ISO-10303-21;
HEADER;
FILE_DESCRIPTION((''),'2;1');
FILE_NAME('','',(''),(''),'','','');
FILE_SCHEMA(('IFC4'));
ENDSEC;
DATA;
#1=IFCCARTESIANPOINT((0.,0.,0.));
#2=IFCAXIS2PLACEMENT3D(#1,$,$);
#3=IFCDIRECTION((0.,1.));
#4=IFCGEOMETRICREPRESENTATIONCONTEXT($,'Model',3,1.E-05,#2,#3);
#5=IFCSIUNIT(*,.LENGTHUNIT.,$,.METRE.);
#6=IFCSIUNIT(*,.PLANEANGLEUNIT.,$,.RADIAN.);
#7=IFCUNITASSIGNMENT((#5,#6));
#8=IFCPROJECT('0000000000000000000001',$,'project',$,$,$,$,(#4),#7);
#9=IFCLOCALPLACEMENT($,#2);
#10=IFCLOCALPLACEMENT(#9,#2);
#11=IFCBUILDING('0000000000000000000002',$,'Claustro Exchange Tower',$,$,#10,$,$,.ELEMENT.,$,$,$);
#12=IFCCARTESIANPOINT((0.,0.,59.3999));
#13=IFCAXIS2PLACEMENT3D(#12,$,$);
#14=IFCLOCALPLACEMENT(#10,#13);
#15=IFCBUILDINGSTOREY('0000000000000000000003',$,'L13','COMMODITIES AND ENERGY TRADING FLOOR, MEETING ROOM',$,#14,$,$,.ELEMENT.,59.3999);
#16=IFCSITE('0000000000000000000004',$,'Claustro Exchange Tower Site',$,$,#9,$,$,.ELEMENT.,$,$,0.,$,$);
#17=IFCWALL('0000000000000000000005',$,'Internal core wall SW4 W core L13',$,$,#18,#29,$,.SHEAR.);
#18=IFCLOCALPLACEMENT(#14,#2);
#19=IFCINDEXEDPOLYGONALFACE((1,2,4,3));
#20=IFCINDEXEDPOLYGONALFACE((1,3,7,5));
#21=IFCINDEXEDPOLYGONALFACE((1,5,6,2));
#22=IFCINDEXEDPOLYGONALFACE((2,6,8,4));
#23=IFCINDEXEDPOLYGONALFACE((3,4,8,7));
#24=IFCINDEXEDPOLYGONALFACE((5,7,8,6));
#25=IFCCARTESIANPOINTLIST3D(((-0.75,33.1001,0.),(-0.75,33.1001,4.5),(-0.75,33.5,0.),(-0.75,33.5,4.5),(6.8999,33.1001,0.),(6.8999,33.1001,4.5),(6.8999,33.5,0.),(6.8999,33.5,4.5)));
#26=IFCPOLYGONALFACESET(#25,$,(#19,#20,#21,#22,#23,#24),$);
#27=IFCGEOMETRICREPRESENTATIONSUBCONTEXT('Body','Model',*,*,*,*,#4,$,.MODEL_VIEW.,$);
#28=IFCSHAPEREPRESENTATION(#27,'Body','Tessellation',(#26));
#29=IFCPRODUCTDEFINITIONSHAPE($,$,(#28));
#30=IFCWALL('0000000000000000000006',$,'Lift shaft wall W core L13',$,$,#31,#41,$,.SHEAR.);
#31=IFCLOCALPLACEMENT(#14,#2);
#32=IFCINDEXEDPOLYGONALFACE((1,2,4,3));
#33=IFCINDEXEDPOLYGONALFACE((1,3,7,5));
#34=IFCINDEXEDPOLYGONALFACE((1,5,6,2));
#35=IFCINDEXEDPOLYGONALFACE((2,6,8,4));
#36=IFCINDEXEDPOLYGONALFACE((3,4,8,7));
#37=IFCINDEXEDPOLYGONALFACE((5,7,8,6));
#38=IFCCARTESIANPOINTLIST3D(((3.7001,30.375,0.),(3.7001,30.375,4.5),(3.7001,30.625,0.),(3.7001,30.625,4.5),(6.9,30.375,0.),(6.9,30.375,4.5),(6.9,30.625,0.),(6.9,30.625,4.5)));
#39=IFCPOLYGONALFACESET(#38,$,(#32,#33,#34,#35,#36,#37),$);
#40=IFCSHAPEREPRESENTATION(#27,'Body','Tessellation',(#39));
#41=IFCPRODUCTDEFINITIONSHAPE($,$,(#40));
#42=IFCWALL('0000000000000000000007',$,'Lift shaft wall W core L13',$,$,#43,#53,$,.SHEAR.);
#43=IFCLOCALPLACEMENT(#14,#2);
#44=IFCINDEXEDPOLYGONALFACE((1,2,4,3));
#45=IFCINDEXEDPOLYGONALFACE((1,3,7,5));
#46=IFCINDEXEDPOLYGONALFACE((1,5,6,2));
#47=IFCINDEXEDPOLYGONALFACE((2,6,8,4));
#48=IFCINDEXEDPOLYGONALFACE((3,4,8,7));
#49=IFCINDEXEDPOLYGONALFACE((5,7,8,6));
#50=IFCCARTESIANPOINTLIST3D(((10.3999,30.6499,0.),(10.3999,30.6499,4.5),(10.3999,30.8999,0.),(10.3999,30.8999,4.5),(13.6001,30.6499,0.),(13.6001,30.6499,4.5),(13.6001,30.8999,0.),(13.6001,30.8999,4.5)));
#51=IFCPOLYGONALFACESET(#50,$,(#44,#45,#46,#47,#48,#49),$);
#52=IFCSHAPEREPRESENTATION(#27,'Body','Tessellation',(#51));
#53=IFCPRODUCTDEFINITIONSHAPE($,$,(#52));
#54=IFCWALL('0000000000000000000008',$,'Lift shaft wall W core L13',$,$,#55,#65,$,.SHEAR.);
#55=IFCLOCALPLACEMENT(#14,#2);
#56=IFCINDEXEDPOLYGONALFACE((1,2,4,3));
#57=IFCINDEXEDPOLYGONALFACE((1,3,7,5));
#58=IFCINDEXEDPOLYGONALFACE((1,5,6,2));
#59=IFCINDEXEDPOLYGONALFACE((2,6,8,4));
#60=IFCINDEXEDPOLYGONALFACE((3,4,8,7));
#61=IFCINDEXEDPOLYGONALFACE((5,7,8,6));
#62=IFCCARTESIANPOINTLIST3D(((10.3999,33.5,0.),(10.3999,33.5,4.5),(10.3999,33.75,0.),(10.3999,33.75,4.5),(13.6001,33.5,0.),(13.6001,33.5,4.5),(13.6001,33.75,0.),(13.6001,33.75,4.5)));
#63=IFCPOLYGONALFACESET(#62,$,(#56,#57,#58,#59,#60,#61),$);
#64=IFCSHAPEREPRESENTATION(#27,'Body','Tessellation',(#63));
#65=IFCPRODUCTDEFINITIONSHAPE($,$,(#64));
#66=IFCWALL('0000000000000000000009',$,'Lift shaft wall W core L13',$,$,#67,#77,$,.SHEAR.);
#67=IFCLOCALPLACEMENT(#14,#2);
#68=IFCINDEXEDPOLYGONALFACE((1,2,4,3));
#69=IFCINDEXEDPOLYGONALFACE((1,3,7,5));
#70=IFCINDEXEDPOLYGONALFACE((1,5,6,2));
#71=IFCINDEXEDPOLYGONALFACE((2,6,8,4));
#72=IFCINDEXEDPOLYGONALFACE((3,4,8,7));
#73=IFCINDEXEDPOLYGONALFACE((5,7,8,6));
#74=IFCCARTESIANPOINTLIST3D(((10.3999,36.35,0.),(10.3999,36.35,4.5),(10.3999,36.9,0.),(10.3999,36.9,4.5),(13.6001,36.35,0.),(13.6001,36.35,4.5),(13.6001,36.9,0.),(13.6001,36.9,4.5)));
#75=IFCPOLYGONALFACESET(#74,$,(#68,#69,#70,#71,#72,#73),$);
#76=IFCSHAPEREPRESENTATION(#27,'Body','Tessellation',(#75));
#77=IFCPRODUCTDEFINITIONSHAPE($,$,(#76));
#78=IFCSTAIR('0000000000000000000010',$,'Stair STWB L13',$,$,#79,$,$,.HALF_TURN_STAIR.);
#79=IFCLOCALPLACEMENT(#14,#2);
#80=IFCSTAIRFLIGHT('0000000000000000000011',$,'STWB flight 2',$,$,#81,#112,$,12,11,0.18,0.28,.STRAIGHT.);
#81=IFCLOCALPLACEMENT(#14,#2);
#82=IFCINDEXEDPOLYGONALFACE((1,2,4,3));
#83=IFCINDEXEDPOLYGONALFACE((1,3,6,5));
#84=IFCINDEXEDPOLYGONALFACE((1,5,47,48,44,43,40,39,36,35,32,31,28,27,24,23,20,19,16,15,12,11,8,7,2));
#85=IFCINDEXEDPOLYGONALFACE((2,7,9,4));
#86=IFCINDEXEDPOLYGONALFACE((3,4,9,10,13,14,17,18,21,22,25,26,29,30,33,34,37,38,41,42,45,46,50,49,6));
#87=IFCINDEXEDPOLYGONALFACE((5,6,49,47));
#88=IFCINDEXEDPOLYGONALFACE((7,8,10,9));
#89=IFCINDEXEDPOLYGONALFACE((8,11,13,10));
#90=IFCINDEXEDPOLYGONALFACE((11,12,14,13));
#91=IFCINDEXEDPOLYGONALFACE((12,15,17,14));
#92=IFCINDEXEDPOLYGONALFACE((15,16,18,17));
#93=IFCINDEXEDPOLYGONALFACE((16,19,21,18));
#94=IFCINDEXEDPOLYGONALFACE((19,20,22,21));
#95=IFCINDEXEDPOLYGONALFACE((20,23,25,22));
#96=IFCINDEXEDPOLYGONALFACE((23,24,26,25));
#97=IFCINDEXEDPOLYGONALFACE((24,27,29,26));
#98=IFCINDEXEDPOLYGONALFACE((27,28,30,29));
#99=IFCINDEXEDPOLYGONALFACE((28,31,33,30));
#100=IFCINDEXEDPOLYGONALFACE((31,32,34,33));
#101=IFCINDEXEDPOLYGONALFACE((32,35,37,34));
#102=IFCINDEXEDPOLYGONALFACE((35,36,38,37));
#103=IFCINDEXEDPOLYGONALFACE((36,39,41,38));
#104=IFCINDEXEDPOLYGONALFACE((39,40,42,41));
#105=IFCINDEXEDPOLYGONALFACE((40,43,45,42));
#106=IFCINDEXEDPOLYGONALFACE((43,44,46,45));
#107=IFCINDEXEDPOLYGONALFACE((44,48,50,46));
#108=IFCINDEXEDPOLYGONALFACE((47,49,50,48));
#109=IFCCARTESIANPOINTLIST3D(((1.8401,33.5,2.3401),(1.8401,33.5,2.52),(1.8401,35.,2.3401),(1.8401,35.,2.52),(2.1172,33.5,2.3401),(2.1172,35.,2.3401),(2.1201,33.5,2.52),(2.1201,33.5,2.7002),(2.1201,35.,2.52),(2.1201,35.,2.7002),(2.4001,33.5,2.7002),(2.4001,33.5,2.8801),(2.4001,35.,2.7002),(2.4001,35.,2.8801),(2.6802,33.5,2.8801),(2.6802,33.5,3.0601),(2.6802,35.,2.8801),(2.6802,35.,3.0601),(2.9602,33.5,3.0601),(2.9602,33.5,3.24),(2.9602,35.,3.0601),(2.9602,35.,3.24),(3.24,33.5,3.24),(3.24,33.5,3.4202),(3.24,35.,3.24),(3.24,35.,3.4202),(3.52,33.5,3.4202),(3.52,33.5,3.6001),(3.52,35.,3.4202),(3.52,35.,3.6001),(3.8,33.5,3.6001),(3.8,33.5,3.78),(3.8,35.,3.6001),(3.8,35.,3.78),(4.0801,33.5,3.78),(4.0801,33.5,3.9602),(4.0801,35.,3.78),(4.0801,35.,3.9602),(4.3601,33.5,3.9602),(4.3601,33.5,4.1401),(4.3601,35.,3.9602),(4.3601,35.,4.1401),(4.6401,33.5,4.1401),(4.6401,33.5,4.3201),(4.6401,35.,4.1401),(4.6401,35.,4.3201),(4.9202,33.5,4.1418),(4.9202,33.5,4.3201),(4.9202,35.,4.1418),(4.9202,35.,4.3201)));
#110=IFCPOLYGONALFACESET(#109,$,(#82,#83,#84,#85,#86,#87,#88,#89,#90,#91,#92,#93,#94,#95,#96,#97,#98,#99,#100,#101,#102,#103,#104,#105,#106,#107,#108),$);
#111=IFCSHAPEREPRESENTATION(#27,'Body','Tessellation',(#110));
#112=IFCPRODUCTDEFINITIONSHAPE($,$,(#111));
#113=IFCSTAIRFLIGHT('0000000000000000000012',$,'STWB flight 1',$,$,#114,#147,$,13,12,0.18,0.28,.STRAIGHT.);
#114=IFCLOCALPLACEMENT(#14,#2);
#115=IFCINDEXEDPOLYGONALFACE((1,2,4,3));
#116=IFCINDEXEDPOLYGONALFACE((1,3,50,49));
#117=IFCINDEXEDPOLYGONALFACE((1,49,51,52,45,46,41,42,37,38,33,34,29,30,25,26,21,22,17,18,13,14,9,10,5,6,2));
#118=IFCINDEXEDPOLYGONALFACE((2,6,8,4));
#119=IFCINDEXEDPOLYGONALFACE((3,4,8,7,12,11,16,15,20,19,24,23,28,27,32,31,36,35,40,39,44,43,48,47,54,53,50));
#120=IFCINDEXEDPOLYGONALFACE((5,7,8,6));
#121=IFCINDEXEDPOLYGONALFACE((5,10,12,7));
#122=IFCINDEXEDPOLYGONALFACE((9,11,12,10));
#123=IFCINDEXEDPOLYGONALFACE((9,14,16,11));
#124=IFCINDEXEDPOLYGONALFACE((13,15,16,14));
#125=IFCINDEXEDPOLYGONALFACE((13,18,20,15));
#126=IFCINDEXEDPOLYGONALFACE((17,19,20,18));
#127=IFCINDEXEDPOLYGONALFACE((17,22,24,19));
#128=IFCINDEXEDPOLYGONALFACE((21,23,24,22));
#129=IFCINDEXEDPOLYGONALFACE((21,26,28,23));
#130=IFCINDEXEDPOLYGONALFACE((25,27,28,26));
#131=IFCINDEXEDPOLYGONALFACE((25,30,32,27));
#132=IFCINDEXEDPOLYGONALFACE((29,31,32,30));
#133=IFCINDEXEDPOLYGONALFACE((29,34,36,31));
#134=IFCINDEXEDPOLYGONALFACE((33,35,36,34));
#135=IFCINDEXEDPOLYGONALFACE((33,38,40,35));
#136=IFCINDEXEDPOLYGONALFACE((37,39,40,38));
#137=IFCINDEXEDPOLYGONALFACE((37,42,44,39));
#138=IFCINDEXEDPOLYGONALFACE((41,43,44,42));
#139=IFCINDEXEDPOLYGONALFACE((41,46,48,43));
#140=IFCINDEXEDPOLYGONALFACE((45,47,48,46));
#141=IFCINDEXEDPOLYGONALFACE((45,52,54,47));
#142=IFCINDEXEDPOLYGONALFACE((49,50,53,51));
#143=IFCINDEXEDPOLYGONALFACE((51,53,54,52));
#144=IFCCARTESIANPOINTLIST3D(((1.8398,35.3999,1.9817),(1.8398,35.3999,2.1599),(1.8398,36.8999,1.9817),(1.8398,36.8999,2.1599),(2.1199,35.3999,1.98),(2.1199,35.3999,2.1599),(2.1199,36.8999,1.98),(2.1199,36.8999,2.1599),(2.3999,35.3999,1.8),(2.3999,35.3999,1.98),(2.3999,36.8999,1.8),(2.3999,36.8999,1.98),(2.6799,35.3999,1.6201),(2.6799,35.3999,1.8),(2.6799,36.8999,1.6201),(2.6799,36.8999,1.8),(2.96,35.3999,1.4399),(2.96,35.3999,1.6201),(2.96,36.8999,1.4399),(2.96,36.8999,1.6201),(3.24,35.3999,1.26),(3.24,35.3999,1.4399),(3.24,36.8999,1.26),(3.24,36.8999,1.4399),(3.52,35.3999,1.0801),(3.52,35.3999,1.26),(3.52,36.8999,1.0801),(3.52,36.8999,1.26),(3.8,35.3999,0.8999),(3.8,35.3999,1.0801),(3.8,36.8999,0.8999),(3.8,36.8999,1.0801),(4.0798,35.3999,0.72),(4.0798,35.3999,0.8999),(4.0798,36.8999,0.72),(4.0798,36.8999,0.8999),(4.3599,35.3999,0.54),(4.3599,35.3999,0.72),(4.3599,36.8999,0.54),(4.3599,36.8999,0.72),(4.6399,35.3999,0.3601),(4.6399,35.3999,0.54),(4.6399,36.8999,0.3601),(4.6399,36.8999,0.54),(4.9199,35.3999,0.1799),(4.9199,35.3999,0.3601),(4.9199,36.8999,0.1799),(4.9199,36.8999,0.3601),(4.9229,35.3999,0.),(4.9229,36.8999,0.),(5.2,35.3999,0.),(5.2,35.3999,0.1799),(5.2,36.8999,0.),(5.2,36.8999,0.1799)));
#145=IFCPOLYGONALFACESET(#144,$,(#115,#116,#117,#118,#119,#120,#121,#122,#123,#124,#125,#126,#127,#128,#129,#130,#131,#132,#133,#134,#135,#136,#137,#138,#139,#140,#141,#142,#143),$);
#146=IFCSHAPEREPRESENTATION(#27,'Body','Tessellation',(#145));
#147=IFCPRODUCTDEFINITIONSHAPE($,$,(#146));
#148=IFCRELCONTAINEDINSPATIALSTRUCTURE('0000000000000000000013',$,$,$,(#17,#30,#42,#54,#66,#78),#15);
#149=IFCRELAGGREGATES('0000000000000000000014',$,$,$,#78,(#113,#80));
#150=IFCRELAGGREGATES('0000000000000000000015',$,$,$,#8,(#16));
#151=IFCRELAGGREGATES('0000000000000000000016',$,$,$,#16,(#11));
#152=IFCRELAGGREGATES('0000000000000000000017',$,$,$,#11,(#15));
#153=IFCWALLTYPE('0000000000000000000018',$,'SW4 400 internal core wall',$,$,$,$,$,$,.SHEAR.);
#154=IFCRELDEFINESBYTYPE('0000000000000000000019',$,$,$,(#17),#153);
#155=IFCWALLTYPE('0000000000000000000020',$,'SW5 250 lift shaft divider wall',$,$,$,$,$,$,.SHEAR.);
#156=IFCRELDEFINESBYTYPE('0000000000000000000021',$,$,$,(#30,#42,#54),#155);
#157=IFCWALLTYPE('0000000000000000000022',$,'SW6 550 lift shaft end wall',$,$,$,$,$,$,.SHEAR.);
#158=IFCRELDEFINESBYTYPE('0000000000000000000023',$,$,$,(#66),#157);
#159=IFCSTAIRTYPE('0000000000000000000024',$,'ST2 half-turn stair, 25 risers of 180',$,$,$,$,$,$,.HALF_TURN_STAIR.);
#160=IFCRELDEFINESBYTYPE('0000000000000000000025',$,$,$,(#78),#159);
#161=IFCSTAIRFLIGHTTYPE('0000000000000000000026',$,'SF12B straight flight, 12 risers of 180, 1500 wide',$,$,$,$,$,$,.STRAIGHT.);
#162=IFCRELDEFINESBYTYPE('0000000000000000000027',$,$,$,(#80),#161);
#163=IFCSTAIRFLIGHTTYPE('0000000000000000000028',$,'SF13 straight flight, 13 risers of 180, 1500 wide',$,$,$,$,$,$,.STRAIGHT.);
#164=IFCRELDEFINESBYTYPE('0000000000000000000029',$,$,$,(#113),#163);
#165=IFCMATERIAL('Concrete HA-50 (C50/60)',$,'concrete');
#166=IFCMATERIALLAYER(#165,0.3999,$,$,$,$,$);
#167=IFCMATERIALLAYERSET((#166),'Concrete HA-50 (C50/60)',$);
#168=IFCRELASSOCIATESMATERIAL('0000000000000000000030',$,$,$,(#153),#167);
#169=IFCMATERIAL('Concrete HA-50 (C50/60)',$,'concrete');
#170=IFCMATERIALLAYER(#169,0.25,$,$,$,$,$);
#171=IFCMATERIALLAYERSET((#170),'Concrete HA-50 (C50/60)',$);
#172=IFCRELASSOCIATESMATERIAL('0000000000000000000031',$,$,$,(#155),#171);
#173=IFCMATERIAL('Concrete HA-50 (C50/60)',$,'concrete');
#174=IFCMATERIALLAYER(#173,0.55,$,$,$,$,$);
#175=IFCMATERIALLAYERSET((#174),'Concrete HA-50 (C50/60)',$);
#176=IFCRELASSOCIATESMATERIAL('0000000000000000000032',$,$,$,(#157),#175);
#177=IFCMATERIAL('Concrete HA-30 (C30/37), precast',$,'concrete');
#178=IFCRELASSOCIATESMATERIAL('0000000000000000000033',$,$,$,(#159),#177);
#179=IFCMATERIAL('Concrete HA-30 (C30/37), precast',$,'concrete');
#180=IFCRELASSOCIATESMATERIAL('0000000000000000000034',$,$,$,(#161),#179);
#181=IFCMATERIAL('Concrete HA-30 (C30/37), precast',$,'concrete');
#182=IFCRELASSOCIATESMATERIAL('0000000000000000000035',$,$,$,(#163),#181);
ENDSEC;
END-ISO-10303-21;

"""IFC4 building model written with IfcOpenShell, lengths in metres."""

from ifc_helpers import new_model, si_unit, direction, frame, frame_2d, origin, place, context, subcontext, project, spatial, polyline, rectangle, outline, extrude, material, layer, layer_set, type_object, element, aggregate, save


model = new_model("IFC4")

# Units and contexts
model_context = context("Model", 3, precision=1e-05, world=origin(), true_north=direction((0.0, 1.0)))
body_context = subcontext(model_context, "Body", "Model", "MODEL_VIEW")
ifc_project = project(units=[si_unit("LENGTHUNIT", "METRE"), si_unit("PLANEANGLEUNIT", "RADIAN")], contexts=[model_context])

# Site, building, storey
site_placement = place(None, origin())
site = spatial("IfcSite", under=ifc_project, at=site_placement, Name="Claustro Exchange Tower Site", CompositionType="ELEMENT", RefElevation=0.0)
building_placement = place(site_placement, origin())
building = spatial("IfcBuilding", under=site, at=building_placement, Name="Claustro Exchange Tower", CompositionType="ELEMENT")
storey_placement = place(building_placement, frame((0.0, 0.0, 59.3999)))
storey = spatial("IfcBuildingStorey", under=building, at=storey_placement, Name="L13", Description="COMMODITIES AND ENERGY TRADING FLOOR, MEETING ROOM", CompositionType="ELEMENT", Elevation=59.3999)

# Walls
ifc_material_1 = material(Name="Concrete HA-50 (C50/60)", Category="concrete")
ifc_layer_1 = layer(ifc_material_1, 0.3999)
ifc_layer_set_1 = layer_set([ifc_layer_1], Name="Concrete HA-50 (C50/60)")
wall_type_1 = type_object("IfcWallType", Name="SW4 400 internal core wall", PredefinedType="SHEAR", material=ifc_layer_set_1)
wall_1_placement = place(storey_placement, frame((-0.75, 33.3, 0.0), z_axis=(0.0, 0.0, 1.0), x_axis=(1.0, 0.0, 0.0)))
element("IfcWall", 1, at=wall_1_placement, inside=storey, type_object=wall_type_1, Name="Internal core wall SW4 W core L13", PredefinedType="SHEAR", context=body_context, shape_type="SweptSolid", body=[
    extrude(rectangle(XDim=7.6499, YDim=0.3999, at=frame_2d((3.825, 0.0))), origin(), (0.0, 0.0, 1.0), 4.5),
])
ifc_material_2 = material(Name="Concrete HA-50 (C50/60)", Category="concrete")
ifc_layer_2 = layer(ifc_material_2, 0.25)
ifc_layer_set_2 = layer_set([ifc_layer_2], Name="Concrete HA-50 (C50/60)")
wall_type_2 = type_object("IfcWallType", Name="SW5 250 lift shaft divider wall", PredefinedType="SHEAR", material=ifc_layer_set_2)
wall_2_placement = place(storey_placement, frame((3.7, 30.5, 0.0), z_axis=(0.0, 0.0, 1.0), x_axis=(1.0, 0.0, 0.0)))
element("IfcWall", 2, at=wall_2_placement, inside=storey, type_object=wall_type_2, Name="Lift shaft wall W core L13", PredefinedType="SHEAR", context=body_context, shape_type="SweptSolid", body=[
    extrude(rectangle(XDim=3.2, YDim=0.25, at=frame_2d((1.6001, 0.0))), origin(), (0.0, 0.0, 1.0), 4.5),
])
for number, where, z_axis, x_axis, name in (
    (3, (10.3999, 30.7749, 0.0), (0.0, 0.0, 1.0), (1.0, 0.0, 0.0), "Lift shaft wall W core L13"),
    (4, (10.3999, 33.625, 0.0), (0.0, 0.0, 1.0), (1.0, 0.0, 0.0), "Lift shaft wall W core L13"),
):
    element("IfcWall", number, at=place(storey_placement, frame(where, z_axis=z_axis, x_axis=x_axis)), inside=storey, type_object=wall_type_2, Name=name, PredefinedType="SHEAR", context=body_context, shape_type="SweptSolid", body=[
        extrude(rectangle(XDim=3.2002, YDim=0.25, at=frame_2d((1.6001, 0.0))), origin(), (0.0, 0.0, 1.0), 4.5),
    ])
ifc_material_3 = material(Name="Concrete HA-50 (C50/60)", Category="concrete")
ifc_layer_3 = layer(ifc_material_3, 0.55)
ifc_layer_set_3 = layer_set([ifc_layer_3], Name="Concrete HA-50 (C50/60)")
wall_type_3 = type_object("IfcWallType", Name="SW6 550 lift shaft end wall", PredefinedType="SHEAR", material=ifc_layer_set_3)
wall_3_placement = place(storey_placement, frame((10.3999, 36.625, 0.0), z_axis=(0.0, 0.0, 1.0), x_axis=(1.0, 0.0, 0.0)))
element("IfcWall", 5, at=wall_3_placement, inside=storey, type_object=wall_type_3, Name="Lift shaft wall W core L13", PredefinedType="SHEAR", context=body_context, shape_type="SweptSolid", body=[
    extrude(rectangle(XDim=3.2002, YDim=0.55, at=frame_2d((1.6001, 0.0))), origin(), (0.0, 0.0, 1.0), 4.5),
])

# Stair, stair flights
ifc_material_4 = material(Name="Concrete HA-30 (C30/37), precast", Category="concrete")
stair_type = type_object("IfcStairType", Name="ST2 half-turn stair, 25 risers of 180", PredefinedType="HALF_TURN_STAIR", material=ifc_material_4)
stair_placement = place(storey_placement, origin())
stair = element("IfcStair", 6, at=stair_placement, inside=storey, type_object=stair_type, Name="Stair STWB L13", PredefinedType="HALF_TURN_STAIR")
ifc_material_5 = material(Name="Concrete HA-30 (C30/37), precast", Category="concrete")
stair_flight_type_1 = type_object("IfcStairFlightType", Name="SF12B straight flight, 12 risers of 180, 1500 wide", PredefinedType="STRAIGHT", material=ifc_material_5)
stair_flight_1_placement = place(storey_placement, frame((1.8401, 34.25, 2.3401), z_axis=(0.0, 0.0, 1.0), x_axis=(1.0, 0.0, 0.0)))
stair_flight_1 = element("IfcStairFlight", 7, at=stair_flight_1_placement, type_object=stair_flight_type_1, Name="STWB flight 2", NumberOfRisers=12, NumberOfTreads=11, PredefinedType="STRAIGHT", RiserHeight=0.18, TreadLength=0.28, context=body_context, shape_type="SweptSolid", body=[
    extrude(outline(polyline([(0.0, 0.0), (0.0, 0.1799), (0.28, 0.1799), (0.28, 0.3601), (0.5601, 0.3601), (0.5601, 0.54), (0.8401, 0.54), (0.8401, 0.72), (1.1201, 0.72), (1.1201, 0.8999), (1.3999, 0.8999), (1.3999, 1.0801), (1.6799, 1.0801), (1.6799, 1.26), (1.96, 1.26), (1.96, 1.4399), (2.24, 1.4399), (2.24, 1.6201), (2.52, 1.6201), (2.52, 1.8), (2.8, 1.8), (2.8, 1.98), (3.0801, 1.98), (3.0801, 2.1599), (3.0801, 1.8018), (0.2771, 0.0), (0.0, 0.0)])), frame((0.0, 0.75, 0.0), z_axis=(0.0, -1.0, 0.0), x_axis=(1.0, 0.0, 0.0)), (0.0, 0.0, 1.0), 1.5),
])
ifc_material_6 = material(Name="Concrete HA-30 (C30/37), precast", Category="concrete")
stair_flight_type_2 = type_object("IfcStairFlightType", Name="SF13 straight flight, 13 risers of 180, 1500 wide", PredefinedType="STRAIGHT", material=ifc_material_6)
stair_flight_2_placement = place(storey_placement, frame((5.2, 36.1499, 0.0), z_axis=(0.0, 0.0, 1.0), x_axis=(-1.0, 0.0, 0.0)))
stair_flight_2 = element("IfcStairFlight", 8, at=stair_flight_2_placement, type_object=stair_flight_type_2, Name="STWB flight 1", NumberOfRisers=13, NumberOfTreads=12, PredefinedType="STRAIGHT", RiserHeight=0.18, TreadLength=0.28, context=body_context, shape_type="SweptSolid", body=[
    extrude(outline(polyline([(0.0, 0.0), (0.0, 0.1799), (0.28, 0.1799), (0.28, 0.3601), (0.5601, 0.3601), (0.5601, 0.54), (0.8401, 0.54), (0.8401, 0.72), (1.1201, 0.72), (1.1201, 0.8999), (1.3999, 0.8999), (1.3999, 1.0801), (1.6799, 1.0801), (1.6799, 1.26), (1.96, 1.26), (1.96, 1.4399), (2.24, 1.4399), (2.24, 1.6201), (2.52, 1.6201), (2.52, 1.8), (2.8, 1.8), (2.8, 1.98), (3.0801, 1.98), (3.0801, 2.1599), (3.3601, 2.1599), (3.3601, 2.3401), (3.3601, 1.9817), (0.2771, 0.0), (0.0, 0.0)])), frame((0.0, 0.75, 0.0), z_axis=(0.0, -1.0, 0.0), x_axis=(1.0, 0.0, 0.0)), (0.0, 0.0, 1.0), 1.5),
])
aggregate(stair, [stair_flight_2, stair_flight_1])

save(model, "model.ifc")
